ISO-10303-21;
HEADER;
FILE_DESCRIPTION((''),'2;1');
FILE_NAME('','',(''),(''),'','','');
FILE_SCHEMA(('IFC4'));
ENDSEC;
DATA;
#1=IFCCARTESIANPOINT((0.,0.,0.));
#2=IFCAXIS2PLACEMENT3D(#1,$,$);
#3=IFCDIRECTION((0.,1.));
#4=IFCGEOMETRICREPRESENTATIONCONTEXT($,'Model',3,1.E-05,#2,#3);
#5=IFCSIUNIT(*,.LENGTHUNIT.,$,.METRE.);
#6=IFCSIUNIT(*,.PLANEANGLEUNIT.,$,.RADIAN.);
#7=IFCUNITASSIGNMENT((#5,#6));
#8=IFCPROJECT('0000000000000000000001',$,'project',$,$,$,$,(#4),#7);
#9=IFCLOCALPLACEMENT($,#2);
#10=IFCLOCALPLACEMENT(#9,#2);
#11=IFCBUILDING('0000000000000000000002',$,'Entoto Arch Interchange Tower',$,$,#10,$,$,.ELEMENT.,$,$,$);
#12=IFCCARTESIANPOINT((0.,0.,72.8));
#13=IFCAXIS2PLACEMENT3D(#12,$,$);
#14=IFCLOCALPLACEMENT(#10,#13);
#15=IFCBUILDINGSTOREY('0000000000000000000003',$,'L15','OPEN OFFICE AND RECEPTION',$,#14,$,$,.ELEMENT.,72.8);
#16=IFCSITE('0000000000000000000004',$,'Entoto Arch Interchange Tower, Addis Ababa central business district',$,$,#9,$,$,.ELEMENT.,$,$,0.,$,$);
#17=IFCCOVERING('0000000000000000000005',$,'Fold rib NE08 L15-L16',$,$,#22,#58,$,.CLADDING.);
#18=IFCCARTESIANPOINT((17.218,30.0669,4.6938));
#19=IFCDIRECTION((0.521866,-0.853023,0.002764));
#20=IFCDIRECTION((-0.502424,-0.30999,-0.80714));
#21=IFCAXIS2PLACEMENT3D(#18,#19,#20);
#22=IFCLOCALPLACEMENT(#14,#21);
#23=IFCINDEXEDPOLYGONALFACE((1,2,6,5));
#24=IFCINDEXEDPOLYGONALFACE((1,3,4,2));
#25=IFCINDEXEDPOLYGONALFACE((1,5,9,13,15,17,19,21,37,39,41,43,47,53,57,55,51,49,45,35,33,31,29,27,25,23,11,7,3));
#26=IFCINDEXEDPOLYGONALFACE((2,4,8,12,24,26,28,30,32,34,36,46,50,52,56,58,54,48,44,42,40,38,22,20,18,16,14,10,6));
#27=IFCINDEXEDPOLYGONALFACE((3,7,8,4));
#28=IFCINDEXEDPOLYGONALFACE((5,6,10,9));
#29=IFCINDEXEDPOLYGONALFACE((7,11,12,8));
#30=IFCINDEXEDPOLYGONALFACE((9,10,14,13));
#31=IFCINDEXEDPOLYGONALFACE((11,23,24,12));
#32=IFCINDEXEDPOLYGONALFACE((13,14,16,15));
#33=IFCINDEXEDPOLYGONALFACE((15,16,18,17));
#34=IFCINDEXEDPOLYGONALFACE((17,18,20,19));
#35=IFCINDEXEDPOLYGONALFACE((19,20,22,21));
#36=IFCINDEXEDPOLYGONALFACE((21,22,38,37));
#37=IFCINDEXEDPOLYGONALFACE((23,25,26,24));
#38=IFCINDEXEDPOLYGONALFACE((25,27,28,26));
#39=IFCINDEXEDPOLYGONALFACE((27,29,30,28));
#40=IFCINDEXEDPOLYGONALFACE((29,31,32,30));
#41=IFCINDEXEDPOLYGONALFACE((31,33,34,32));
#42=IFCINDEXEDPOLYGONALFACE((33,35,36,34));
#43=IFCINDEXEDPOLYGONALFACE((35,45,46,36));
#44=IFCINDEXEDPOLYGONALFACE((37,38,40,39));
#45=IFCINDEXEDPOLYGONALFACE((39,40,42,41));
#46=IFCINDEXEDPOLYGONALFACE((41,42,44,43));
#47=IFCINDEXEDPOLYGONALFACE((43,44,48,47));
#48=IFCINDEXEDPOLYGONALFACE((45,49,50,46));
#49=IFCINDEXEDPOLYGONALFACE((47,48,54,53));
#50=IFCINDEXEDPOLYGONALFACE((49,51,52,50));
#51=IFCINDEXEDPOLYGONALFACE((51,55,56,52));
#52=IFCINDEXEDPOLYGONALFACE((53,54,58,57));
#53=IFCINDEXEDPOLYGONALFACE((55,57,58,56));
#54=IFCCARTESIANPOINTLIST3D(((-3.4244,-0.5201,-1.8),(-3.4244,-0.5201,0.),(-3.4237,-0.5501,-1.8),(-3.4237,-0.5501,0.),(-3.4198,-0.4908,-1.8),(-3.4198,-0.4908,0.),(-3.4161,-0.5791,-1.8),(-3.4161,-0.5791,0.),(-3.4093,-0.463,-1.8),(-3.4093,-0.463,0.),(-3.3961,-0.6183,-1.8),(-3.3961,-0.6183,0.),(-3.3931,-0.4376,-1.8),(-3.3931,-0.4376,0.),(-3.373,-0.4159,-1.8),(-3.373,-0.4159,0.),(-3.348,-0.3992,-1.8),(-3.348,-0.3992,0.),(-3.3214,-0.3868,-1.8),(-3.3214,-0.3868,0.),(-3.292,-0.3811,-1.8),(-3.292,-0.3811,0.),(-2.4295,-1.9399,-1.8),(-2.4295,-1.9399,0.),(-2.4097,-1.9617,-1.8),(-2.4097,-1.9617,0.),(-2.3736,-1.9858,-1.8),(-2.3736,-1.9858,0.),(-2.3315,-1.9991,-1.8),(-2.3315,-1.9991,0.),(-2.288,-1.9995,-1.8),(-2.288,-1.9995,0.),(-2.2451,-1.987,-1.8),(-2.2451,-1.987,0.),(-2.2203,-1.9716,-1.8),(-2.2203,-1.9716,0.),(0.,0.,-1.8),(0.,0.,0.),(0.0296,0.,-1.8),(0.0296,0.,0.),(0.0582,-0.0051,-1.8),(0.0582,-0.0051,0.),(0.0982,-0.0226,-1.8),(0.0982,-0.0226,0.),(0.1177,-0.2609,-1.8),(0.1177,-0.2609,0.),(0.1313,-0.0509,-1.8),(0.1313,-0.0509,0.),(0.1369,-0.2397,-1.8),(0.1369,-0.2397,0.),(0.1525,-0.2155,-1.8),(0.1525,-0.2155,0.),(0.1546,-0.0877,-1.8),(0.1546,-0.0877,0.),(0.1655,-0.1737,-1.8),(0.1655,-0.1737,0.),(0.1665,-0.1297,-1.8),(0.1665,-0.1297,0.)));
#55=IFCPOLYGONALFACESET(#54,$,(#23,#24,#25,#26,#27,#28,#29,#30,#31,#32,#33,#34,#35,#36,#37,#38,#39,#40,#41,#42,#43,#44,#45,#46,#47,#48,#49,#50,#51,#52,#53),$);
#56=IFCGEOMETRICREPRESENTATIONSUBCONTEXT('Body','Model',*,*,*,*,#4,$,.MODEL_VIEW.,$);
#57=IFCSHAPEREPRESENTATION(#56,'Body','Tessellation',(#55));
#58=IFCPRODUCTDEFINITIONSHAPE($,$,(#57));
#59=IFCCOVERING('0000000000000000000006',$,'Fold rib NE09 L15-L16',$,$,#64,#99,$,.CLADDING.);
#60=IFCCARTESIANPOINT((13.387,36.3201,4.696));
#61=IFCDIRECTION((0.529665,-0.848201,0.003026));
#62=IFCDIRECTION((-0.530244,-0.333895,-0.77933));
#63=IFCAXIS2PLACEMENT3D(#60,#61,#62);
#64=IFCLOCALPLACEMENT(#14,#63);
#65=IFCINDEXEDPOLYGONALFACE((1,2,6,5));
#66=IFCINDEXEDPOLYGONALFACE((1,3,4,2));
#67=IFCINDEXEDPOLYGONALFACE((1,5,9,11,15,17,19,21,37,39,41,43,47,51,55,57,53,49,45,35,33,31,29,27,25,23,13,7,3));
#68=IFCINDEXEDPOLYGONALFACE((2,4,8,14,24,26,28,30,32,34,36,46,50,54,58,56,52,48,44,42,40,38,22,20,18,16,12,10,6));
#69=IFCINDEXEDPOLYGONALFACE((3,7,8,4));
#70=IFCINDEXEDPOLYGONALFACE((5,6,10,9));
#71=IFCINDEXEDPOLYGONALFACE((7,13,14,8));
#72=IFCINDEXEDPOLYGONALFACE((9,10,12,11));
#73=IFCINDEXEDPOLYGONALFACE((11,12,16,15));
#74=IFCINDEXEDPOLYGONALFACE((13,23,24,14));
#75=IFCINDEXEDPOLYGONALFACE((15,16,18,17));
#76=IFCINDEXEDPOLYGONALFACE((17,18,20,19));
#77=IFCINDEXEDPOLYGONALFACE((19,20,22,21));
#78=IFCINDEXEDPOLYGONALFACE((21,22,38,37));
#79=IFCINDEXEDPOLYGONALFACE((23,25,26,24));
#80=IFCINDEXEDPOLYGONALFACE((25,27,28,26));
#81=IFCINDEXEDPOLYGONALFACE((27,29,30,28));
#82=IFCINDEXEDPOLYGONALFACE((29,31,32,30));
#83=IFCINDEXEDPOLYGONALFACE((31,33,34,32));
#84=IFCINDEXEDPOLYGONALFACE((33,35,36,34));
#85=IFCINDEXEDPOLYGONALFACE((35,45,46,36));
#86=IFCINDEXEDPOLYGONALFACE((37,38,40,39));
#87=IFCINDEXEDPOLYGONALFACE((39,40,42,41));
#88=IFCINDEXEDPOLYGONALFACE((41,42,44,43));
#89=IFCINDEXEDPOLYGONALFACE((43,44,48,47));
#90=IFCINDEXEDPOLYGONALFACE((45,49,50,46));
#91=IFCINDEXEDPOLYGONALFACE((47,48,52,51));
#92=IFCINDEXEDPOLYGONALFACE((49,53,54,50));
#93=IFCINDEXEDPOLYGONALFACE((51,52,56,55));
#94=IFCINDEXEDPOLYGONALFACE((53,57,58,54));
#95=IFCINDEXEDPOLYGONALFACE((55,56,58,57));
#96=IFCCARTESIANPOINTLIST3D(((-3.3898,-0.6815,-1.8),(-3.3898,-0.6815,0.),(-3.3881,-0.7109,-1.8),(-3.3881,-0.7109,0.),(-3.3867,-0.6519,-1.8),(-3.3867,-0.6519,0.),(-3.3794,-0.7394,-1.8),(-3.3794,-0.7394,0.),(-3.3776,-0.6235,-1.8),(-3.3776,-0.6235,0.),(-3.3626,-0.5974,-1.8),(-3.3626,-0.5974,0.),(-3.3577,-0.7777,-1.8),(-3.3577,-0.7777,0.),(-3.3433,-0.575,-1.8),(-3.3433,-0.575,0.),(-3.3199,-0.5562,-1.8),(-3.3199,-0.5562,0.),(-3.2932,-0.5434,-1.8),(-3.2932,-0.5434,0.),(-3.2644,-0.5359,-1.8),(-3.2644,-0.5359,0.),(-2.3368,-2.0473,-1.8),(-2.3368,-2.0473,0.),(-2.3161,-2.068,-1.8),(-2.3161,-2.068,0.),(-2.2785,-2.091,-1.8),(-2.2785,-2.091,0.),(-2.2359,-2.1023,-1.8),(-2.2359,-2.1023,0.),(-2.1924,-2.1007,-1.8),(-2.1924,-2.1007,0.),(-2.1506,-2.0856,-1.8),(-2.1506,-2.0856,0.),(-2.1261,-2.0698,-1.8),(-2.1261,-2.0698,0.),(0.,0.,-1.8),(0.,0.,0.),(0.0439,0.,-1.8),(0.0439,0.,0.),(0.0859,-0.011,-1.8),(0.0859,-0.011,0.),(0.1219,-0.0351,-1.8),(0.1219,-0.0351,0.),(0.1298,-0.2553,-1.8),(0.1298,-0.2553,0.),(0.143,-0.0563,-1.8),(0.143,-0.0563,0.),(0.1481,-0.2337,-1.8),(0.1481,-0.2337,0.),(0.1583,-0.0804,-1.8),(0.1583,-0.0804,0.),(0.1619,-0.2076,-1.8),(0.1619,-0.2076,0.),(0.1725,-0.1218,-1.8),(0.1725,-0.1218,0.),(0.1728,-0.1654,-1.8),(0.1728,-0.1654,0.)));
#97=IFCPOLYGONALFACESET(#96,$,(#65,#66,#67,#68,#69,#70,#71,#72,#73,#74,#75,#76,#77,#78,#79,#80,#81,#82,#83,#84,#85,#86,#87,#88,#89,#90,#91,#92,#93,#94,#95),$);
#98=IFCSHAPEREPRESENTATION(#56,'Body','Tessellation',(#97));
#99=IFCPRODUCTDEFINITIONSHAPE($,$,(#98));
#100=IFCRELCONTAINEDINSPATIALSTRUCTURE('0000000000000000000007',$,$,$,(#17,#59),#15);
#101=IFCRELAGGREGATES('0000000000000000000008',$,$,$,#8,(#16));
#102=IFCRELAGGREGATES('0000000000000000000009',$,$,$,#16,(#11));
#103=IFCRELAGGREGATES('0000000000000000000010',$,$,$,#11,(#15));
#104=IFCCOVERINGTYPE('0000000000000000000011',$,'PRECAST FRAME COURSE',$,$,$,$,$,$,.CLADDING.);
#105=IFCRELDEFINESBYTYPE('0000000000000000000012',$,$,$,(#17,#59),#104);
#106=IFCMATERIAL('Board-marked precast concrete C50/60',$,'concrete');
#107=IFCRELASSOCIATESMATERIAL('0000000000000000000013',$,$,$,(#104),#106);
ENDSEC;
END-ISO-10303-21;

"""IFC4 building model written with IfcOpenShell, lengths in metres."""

from ifc_helpers import new_model, si_unit, direction, frame, origin, place, context, subcontext, project, spatial, polyline, outline, extrude, material, type_object, element, save


model = new_model("IFC4")

# Units and contexts
model_context = context("Model", 3, precision=1e-05, world=origin(), true_north=direction((0.0, 1.0)))
body_context = subcontext(model_context, "Body", "Model", "MODEL_VIEW")
ifc_project = project(units=[si_unit("LENGTHUNIT", "METRE"), si_unit("PLANEANGLEUNIT", "RADIAN")], contexts=[model_context])

# Site, building, storey
site_placement = place(None, origin())
site = spatial("IfcSite", under=ifc_project, at=site_placement, Name="Entoto Arch Interchange Tower, Addis Ababa central business district", CompositionType="ELEMENT", RefElevation=0.0)
building_placement = place(site_placement, origin())
building = spatial("IfcBuilding", under=site, at=building_placement, Name="Entoto Arch Interchange Tower", CompositionType="ELEMENT")
storey_placement = place(building_placement, frame((0.0, 0.0, 72.8)))
storey = spatial("IfcBuildingStorey", under=building, at=storey_placement, Name="L15", Description="OPEN OFFICE AND RECEPTION", CompositionType="ELEMENT", Elevation=72.8)

# Shared definitions
ifc_material_1 = material(Name="Board-marked precast concrete C50/60", Category="concrete")

# Coverings
covering_type = type_object("IfcCoveringType", Name="PRECAST FRAME COURSE", PredefinedType="CLADDING", material=ifc_material_1)
covering_1_placement = place(storey_placement, frame((17.218, 30.0669, 4.6938), z_axis=(0.521866, -0.853023, 0.002764), x_axis=(-0.502424, -0.30999, -0.80714)))
element("IfcCovering", 1, at=covering_1_placement, inside=storey, type_object=covering_type, Name="Fold rib NE08 L15-L16", PredefinedType="CLADDING", context=body_context, shape_type="SweptSolid", body=[
    extrude(outline(polyline([(0.0, 0.0), (0.0296, 0.0), (0.0582, -0.0051), (0.0982, -0.0226), (0.1313, -0.0509), (0.1546, -0.0877), (0.1665, -0.1297), (0.1655, -0.1737), (0.1525, -0.2155), (0.1369, -0.2397), (0.1177, -0.2609), (-2.2203, -1.9716), (-2.2451, -1.987), (-2.288, -1.9995), (-2.3315, -1.9991), (-2.3736, -1.9858), (-2.4097, -1.9617), (-2.4295, -1.9399), (-3.3961, -0.6183), (-3.4161, -0.5791), (-3.4237, -0.5501), (-3.4244, -0.5201), (-3.4198, -0.4908), (-3.4093, -0.463), (-3.3931, -0.4376), (-3.373, -0.4159), (-3.348, -0.3992), (-3.3214, -0.3868), (-3.292, -0.3811), (0.0, 0.0)])), origin(), (0.0, 0.0, -1.0), 1.8),
])
covering_2_placement = place(storey_placement, frame((13.387, 36.3201, 4.696), z_axis=(0.529665, -0.848201, 0.003026), x_axis=(-0.530244, -0.333895, -0.77933)))
element("IfcCovering", 2, at=covering_2_placement, inside=storey, type_object=covering_type, Name="Fold rib NE09 L15-L16", PredefinedType="CLADDING", context=body_context, shape_type="SweptSolid", body=[
    extrude(outline(polyline([(0.0, 0.0), (0.0439, 0.0), (0.0859, -0.011), (0.1219, -0.0351), (0.143, -0.0563), (0.1583, -0.0804), (0.1725, -0.1218), (0.1728, -0.1654), (0.1619, -0.2076), (0.1481, -0.2337), (0.1298, -0.2553), (-2.1261, -2.0698), (-2.1506, -2.0856), (-2.1924, -2.1007), (-2.2359, -2.1023), (-2.2785, -2.091), (-2.3161, -2.068), (-2.3368, -2.0473), (-3.3577, -0.7777), (-3.3794, -0.7394), (-3.3881, -0.7109), (-3.3898, -0.6815), (-3.3867, -0.6519), (-3.3776, -0.6235), (-3.3626, -0.5974), (-3.3433, -0.575), (-3.3199, -0.5562), (-3.2932, -0.5434), (-3.2644, -0.5359), (0.0, 0.0)])), origin(), (0.0, 0.0, -1.0), 1.8),
])

save(model, "model.ifc")
